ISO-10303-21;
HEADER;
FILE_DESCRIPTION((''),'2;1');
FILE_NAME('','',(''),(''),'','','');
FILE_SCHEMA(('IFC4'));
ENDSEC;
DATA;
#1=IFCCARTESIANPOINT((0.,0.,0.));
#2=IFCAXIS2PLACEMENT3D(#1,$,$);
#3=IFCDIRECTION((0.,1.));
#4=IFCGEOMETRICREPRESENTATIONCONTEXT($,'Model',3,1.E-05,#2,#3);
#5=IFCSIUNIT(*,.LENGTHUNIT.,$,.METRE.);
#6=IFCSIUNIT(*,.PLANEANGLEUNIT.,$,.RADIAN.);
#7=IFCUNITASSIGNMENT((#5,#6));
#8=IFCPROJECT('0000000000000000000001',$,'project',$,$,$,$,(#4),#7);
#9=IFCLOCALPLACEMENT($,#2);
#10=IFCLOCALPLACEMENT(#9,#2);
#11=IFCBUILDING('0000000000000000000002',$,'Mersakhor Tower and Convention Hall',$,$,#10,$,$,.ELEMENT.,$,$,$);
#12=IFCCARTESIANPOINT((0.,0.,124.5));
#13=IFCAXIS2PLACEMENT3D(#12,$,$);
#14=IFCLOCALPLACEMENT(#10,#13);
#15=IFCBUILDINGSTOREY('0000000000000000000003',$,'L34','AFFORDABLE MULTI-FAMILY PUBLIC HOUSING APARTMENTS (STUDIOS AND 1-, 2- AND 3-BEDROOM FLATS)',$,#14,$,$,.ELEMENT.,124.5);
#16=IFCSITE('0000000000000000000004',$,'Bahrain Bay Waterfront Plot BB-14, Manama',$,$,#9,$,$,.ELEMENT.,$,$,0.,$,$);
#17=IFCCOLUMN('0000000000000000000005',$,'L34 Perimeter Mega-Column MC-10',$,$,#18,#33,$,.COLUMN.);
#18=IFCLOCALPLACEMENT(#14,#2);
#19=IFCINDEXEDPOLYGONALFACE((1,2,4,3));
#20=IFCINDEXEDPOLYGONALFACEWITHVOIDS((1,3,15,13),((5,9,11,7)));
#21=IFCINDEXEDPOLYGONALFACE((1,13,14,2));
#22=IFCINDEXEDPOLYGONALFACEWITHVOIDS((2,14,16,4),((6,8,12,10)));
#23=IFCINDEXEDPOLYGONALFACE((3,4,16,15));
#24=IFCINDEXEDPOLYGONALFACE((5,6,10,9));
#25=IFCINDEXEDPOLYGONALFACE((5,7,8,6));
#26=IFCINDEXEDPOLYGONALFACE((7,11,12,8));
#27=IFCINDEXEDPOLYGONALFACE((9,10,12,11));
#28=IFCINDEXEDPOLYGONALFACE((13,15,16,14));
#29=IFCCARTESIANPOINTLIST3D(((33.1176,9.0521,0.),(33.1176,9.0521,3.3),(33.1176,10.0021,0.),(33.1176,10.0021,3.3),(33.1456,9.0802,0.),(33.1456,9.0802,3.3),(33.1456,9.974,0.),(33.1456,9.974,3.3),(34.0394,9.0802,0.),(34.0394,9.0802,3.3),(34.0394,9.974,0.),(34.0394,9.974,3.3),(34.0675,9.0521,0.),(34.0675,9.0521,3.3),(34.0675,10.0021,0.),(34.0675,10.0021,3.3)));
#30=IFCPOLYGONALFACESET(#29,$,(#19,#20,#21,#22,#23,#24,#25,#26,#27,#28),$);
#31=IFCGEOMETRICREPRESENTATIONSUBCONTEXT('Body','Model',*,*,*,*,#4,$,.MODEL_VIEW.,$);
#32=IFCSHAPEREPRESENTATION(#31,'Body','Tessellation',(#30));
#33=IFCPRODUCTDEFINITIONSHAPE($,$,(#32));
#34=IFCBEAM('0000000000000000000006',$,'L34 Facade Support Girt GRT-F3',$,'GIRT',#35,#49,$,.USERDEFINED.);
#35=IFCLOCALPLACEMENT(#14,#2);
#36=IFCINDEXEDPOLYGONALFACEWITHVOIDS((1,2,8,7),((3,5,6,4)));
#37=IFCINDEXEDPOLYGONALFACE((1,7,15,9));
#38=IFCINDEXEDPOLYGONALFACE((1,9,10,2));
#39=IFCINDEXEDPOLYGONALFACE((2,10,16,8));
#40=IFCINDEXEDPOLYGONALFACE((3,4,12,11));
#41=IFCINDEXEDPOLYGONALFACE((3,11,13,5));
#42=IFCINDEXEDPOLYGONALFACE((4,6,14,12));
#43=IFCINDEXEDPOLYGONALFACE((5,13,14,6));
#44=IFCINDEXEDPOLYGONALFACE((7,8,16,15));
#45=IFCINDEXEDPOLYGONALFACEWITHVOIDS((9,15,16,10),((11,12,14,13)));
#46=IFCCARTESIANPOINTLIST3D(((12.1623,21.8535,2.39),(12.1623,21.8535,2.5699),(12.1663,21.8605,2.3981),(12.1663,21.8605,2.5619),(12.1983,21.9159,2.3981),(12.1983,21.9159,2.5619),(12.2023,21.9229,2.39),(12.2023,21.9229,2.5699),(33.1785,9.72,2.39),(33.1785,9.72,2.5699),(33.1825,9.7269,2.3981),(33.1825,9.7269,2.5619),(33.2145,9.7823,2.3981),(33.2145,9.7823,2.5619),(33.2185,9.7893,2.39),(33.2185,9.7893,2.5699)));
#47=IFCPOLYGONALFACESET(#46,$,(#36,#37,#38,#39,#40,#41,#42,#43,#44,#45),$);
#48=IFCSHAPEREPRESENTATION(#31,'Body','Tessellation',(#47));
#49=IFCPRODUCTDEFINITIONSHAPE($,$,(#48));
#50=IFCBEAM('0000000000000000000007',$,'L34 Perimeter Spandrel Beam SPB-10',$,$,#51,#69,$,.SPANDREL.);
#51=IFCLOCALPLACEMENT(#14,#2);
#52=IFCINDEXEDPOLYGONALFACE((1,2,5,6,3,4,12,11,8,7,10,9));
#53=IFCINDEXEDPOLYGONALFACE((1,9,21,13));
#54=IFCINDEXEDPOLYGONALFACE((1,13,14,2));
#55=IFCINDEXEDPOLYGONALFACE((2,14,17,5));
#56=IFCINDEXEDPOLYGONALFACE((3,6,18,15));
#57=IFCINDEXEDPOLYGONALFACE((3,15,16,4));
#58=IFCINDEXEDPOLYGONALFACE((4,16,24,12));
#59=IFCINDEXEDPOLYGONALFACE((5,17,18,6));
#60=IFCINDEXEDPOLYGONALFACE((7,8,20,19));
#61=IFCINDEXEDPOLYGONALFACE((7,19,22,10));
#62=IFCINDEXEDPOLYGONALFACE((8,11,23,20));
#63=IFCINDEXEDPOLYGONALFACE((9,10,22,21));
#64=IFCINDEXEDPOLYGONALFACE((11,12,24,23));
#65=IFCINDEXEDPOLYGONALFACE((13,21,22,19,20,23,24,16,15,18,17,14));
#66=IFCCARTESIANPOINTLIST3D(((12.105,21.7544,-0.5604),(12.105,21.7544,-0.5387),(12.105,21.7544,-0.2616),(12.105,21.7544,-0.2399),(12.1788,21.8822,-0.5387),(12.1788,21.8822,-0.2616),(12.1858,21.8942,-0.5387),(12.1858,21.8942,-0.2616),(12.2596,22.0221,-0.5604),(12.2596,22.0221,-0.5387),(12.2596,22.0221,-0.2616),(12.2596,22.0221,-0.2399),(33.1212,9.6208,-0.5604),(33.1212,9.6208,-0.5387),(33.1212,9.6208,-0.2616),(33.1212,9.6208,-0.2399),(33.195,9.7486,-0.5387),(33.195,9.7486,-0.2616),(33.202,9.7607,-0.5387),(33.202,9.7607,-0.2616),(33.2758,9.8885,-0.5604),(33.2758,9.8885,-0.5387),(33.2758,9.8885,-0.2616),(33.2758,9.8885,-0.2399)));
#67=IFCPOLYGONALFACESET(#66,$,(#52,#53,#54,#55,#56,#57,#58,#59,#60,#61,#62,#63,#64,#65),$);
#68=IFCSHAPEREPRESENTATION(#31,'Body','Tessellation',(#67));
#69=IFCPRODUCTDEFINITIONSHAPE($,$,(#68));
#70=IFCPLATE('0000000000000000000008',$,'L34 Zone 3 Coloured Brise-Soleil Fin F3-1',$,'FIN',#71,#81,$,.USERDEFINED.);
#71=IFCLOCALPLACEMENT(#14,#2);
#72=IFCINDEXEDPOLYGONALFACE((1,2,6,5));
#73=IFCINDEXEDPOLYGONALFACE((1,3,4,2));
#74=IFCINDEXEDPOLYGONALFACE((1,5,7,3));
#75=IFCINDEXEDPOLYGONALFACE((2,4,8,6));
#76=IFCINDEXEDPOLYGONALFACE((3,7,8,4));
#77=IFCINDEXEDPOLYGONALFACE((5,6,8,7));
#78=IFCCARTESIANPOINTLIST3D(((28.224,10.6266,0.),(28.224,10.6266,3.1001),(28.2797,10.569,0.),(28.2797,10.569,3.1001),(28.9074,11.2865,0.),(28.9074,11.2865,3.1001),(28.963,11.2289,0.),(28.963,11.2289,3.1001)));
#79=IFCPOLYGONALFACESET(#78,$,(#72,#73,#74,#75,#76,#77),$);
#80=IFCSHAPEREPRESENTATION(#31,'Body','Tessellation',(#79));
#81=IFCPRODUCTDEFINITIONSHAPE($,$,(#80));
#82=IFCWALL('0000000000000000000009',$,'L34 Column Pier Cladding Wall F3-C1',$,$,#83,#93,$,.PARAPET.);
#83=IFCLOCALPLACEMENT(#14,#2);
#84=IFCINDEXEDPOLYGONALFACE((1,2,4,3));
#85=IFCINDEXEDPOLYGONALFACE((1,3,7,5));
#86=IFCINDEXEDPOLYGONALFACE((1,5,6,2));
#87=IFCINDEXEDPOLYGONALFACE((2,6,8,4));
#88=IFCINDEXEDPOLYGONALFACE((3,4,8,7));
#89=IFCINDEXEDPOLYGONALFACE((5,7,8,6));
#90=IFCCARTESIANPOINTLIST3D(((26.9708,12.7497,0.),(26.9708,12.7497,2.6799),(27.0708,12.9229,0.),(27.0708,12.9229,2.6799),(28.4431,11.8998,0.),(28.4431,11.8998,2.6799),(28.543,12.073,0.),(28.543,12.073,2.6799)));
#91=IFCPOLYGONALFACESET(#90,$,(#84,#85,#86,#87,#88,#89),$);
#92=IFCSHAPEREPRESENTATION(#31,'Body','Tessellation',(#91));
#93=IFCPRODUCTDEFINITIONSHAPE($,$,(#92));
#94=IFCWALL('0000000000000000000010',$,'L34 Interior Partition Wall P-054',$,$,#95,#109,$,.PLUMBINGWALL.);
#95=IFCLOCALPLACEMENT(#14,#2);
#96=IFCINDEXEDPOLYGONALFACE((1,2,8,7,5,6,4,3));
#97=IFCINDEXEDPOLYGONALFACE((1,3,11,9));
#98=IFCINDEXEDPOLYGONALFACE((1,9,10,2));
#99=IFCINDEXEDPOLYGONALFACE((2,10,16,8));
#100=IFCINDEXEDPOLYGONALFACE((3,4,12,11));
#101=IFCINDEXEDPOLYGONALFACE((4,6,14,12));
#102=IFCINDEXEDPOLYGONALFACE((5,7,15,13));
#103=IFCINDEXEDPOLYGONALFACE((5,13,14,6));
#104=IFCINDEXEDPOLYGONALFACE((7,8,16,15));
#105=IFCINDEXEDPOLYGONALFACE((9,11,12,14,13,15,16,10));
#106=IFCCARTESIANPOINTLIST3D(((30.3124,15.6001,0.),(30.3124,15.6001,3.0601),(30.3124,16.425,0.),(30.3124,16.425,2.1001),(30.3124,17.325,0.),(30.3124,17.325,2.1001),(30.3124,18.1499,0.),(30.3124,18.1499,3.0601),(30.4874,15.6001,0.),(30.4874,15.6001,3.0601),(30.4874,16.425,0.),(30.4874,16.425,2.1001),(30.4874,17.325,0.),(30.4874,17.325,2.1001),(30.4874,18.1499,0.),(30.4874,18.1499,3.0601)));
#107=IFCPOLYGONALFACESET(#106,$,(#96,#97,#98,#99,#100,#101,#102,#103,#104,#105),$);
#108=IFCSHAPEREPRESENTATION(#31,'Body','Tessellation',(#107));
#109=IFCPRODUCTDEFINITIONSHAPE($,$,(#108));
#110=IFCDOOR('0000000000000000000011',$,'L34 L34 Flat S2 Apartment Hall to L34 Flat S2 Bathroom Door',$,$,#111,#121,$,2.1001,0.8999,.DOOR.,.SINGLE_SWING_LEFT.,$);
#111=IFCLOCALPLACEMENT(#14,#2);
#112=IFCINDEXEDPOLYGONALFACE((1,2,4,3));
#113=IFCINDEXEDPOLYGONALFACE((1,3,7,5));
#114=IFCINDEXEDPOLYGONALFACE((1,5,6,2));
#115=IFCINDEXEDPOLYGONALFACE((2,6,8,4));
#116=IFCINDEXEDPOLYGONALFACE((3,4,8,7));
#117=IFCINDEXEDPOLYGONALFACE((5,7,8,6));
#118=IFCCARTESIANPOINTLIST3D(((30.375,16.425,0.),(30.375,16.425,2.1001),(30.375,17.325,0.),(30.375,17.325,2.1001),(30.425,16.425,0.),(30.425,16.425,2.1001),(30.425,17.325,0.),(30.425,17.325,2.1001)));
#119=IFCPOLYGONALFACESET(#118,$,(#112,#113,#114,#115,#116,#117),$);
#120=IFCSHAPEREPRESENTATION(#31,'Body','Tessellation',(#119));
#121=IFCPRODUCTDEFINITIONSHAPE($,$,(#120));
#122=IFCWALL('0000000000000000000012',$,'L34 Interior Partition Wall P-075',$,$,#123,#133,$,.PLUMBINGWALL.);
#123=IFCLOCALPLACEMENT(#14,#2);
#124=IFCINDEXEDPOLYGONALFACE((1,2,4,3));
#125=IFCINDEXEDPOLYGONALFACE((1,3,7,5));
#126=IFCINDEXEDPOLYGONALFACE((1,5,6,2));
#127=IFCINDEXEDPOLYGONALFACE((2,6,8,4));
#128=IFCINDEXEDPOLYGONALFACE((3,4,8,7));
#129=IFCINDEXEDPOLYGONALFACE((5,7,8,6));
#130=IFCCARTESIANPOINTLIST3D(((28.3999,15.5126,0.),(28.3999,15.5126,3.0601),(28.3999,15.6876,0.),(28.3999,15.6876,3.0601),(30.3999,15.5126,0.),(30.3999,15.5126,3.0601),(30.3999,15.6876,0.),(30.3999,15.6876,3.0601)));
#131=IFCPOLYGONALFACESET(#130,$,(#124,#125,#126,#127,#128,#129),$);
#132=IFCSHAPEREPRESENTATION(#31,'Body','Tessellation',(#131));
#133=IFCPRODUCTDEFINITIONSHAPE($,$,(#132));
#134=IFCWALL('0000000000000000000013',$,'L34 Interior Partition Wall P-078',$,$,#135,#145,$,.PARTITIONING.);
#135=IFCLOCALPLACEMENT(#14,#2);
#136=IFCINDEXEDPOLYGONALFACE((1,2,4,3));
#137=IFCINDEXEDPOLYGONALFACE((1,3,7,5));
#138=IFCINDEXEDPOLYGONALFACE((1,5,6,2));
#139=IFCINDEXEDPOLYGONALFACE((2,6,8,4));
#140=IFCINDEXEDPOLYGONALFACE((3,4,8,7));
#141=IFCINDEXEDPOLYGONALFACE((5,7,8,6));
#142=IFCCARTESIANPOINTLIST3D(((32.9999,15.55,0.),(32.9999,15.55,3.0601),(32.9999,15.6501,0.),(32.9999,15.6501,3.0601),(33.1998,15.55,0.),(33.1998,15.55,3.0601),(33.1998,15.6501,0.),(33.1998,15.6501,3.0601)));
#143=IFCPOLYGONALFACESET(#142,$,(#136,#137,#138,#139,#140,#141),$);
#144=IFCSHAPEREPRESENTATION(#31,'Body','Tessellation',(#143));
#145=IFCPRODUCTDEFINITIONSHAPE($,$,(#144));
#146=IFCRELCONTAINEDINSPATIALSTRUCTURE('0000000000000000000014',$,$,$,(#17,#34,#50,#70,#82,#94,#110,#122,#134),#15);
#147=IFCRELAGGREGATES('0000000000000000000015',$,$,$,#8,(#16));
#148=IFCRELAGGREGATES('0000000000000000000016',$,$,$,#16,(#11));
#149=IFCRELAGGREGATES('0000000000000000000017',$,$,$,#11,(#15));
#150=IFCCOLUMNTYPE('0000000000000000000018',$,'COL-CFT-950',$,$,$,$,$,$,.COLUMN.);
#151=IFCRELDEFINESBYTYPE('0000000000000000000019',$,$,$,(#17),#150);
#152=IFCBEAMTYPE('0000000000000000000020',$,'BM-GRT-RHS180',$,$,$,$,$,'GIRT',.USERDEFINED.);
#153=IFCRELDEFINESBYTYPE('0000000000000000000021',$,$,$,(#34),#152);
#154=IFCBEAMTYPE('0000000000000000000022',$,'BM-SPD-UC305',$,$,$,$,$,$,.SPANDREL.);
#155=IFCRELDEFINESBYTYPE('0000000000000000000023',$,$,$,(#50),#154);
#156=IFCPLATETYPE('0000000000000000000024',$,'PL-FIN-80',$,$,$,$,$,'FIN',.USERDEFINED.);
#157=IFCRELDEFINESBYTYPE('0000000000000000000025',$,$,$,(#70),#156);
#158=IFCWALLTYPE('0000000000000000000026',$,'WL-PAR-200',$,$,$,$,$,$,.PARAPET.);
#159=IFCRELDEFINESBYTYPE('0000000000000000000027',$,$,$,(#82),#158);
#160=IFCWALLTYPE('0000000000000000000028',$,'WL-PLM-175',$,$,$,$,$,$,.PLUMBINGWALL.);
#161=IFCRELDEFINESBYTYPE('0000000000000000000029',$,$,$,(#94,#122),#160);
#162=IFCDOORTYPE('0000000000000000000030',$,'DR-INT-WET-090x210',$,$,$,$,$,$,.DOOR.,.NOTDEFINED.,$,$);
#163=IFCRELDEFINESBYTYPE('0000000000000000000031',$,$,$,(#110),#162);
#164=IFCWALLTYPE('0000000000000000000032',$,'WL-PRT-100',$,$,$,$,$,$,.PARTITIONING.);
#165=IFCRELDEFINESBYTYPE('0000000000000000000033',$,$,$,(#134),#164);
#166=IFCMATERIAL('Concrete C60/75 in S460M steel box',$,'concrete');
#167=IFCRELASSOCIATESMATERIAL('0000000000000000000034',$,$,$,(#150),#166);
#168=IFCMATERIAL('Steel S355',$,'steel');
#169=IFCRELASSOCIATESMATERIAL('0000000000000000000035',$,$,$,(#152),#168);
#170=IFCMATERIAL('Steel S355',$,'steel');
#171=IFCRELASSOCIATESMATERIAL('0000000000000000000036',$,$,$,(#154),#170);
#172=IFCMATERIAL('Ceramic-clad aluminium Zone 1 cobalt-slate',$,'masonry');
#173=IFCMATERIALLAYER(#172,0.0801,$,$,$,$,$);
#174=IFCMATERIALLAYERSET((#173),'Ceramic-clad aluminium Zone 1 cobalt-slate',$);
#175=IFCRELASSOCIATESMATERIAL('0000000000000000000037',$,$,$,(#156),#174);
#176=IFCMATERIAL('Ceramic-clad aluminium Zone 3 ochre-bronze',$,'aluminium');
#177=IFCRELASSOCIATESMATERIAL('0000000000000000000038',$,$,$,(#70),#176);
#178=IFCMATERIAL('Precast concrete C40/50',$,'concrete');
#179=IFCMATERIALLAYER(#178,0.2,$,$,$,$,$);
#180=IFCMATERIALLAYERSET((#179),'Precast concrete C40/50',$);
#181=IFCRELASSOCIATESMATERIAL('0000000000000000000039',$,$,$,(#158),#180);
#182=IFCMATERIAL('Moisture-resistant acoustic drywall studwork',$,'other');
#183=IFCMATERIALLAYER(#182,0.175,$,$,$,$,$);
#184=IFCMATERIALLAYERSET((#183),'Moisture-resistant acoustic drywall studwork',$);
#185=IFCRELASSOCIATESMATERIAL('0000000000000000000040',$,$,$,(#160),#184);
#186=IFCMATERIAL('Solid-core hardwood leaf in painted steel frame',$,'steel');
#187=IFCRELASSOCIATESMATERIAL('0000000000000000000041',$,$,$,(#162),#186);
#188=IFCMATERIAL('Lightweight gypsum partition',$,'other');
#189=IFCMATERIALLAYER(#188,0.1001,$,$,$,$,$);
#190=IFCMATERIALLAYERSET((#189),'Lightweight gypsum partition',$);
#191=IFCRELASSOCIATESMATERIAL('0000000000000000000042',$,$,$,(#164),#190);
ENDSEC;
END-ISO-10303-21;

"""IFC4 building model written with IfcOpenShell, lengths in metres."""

from ifc_helpers import new_model, si_unit, direction, frame, frame_2d, origin, origin_2d, place, context, subcontext, project, spatial, rectangle, hollow_rectangle, i_section, extrude, material, layer, layer_set, material_profile, profile_set, type_object, element, fill, save


model = new_model("IFC4")

# Units and contexts
model_context = context("Model", 3, precision=1e-05, world=origin(), true_north=direction((0.0, 1.0)))
body_context = subcontext(model_context, "Body", "Model", "MODEL_VIEW")
ifc_project = project(units=[si_unit("LENGTHUNIT", "METRE"), si_unit("PLANEANGLEUNIT", "RADIAN")], contexts=[model_context])

# Site, building, storey
site_placement = place(None, origin())
site = spatial("IfcSite", under=ifc_project, at=site_placement, Name="Bahrain Bay Waterfront Plot BB-14, Manama", CompositionType="ELEMENT", RefElevation=0.0)
building_placement = place(site_placement, origin())
building = spatial("IfcBuilding", under=site, at=building_placement, Name="Mersakhor Tower and Convention Hall", CompositionType="ELEMENT")
storey_placement = place(building_placement, frame((0.0, 0.0, 124.5)))
storey = spatial("IfcBuildingStorey", under=building, at=storey_placement, Name="L34", Description="AFFORDABLE MULTI-FAMILY PUBLIC HOUSING APARTMENTS (STUDIOS AND 1-, 2- AND 3-BEDROOM FLATS)", CompositionType="ELEMENT", Elevation=124.5)

# Column
ifc_material_1 = material(Name="Concrete C60/75 in S460M steel box", Category="concrete")
ifc_material_profile_1 = material_profile(ifc_material_1, hollow_rectangle(XDim=0.95, YDim=0.95, WallThickness=0.0281, at=origin_2d()), Name="SHS 950x950x28")
ifc_profile_set_1 = profile_set([ifc_material_profile_1], Name="Concrete C60/75 in S460M steel box")
column_type = type_object("IfcColumnType", Name="COL-CFT-950", PredefinedType="COLUMN", material=ifc_profile_set_1)
column_placement = place(storey_placement, frame((33.5925, 9.5271, 0.0), z_axis=(0.0, 0.0, 1.0), x_axis=(1.0, 0.0, 0.0)))
element("IfcColumn", 1, at=column_placement, inside=storey, type_object=column_type, Name="L34 Perimeter Mega-Column MC-10", PredefinedType="COLUMN", context=body_context, shape_type="SweptSolid", body=[
    extrude(hollow_rectangle(XDim=0.95, YDim=0.95, WallThickness=0.0281, at=origin_2d()), origin(), (0.0, 0.0, 1.0), 3.3),
])

# Beams
ifc_material_2 = material(Name="Steel S355", Category="steel")
ifc_material_profile_2 = material_profile(ifc_material_2, hollow_rectangle(XDim=0.0801, YDim=0.1799, WallThickness=0.0081, at=origin_2d()), Name="RHS 180x80x8")
ifc_profile_set_2 = profile_set([ifc_material_profile_2], Name="Steel S355")
beam_type_1 = type_object("IfcBeamType", Name="BM-GRT-RHS180", ElementType="GIRT", PredefinedType="USERDEFINED", material=ifc_profile_set_2)
beam_1_placement = place(storey_placement, frame((33.1985, 9.7546, 2.48), z_axis=(-0.866027, 0.499996, 0.0), x_axis=(-0.499996, -0.866027, 0.0)))
element("IfcBeam", 2, at=beam_1_placement, inside=storey, type_object=beam_type_1, Name="L34 Facade Support Girt GRT-F3", ObjectType="GIRT", PredefinedType="USERDEFINED", context=body_context, shape_type="SweptSolid", body=[
    extrude(hollow_rectangle(XDim=0.0801, YDim=0.1799, WallThickness=0.0081, at=origin_2d()), origin(), (0.0, 0.0, 1.0), 24.2673),
])
ifc_material_3 = material(Name="Steel S355", Category="steel")
ifc_material_profile_3 = material_profile(ifc_material_3, i_section(OverallWidth=0.3091, OverallDepth=0.3206, WebThickness=0.0139, FlangeThickness=0.0217, at=origin_2d()), Name="UC 305x305x137")
ifc_profile_set_3 = profile_set([ifc_material_profile_3], Name="Steel S355")
beam_type_2 = type_object("IfcBeamType", Name="BM-SPD-UC305", PredefinedType="SPANDREL", material=ifc_profile_set_3)
beam_2_placement = place(storey_placement, frame((33.1985, 9.7546, -0.4001), z_axis=(-0.866027, 0.499996, 0.0), x_axis=(-0.499996, -0.866027, 0.0)))
element("IfcBeam", 3, at=beam_2_placement, inside=storey, type_object=beam_type_2, Name="L34 Perimeter Spandrel Beam SPB-10", PredefinedType="SPANDREL", context=body_context, shape_type="SweptSolid", body=[
    extrude(i_section(OverallWidth=0.3091, OverallDepth=0.3206, WebThickness=0.0139, FlangeThickness=0.0217, at=origin_2d()), origin(), (0.0, 0.0, 1.0), 24.2673),
])

# Plate
ifc_material_4 = material(Name="Ceramic-clad aluminium Zone 3 ochre-bronze", Category="aluminium")
ifc_material_5 = material(Name="Ceramic-clad aluminium Zone 1 cobalt-slate", Category="masonry")
ifc_layer_1 = layer(ifc_material_5, 0.0801)
ifc_layer_set_1 = layer_set([ifc_layer_1], Name="Ceramic-clad aluminium Zone 1 cobalt-slate")
plate_type = type_object("IfcPlateType", Name="PL-FIN-80", ElementType="FIN", PredefinedType="USERDEFINED", material=ifc_layer_set_1)
plate_placement = place(storey_placement, frame((28.5935, 10.9277, 0.0), z_axis=(0.0, 0.0, 1.0), x_axis=(-0.71934, -0.694658, 0.0)))
element("IfcPlate", 4, at=plate_placement, inside=storey, type_object=plate_type, material=ifc_material_4, Name="L34 Zone 3 Coloured Brise-Soleil Fin F3-1", ObjectType="FIN", PredefinedType="USERDEFINED", context=body_context, shape_type="SweptSolid", body=[
    extrude(rectangle(XDim=0.95, YDim=0.0801, at=origin_2d()), origin(), (0.0, 0.0, 1.0), 3.1001),
])

# Wall
ifc_material_6 = material(Name="Precast concrete C40/50", Category="concrete")
ifc_layer_2 = layer(ifc_material_6, 0.2)
ifc_layer_set_2 = layer_set([ifc_layer_2], Name="Precast concrete C40/50")
wall_type_1 = type_object("IfcWallType", Name="WL-PAR-200", PredefinedType="PARAPET", material=ifc_layer_set_2)
wall_1_placement = place(storey_placement, frame((28.4932, 11.9863, 0.0), z_axis=(0.0, 0.0, 1.0), x_axis=(-0.866052, 0.499955, 0.0)))
element("IfcWall", 5, at=wall_1_placement, inside=storey, type_object=wall_type_1, Name="L34 Column Pier Cladding Wall F3-C1", PredefinedType="PARAPET", context=body_context, shape_type="SweptSolid", body=[
    extrude(rectangle(XDim=1.7, YDim=0.2, at=frame_2d((0.8501, 0.0))), origin(), (0.0, 0.0, 1.0), 2.6799),
])

# Wall, opening, door
ifc_material_7 = material(Name="Moisture-resistant acoustic drywall studwork", Category="other")
ifc_layer_3 = layer(ifc_material_7, 0.175)
ifc_layer_set_3 = layer_set([ifc_layer_3], Name="Moisture-resistant acoustic drywall studwork")
wall_type_2 = type_object("IfcWallType", Name="WL-PLM-175", PredefinedType="PLUMBINGWALL", material=ifc_layer_set_3)
wall_2_placement = place(storey_placement, frame((30.3999, 15.6001, 0.0), z_axis=(0.0, 0.0, 1.0), x_axis=(0.0, 1.0, 0.0)))
wall_2 = element("IfcWall", 6, at=wall_2_placement, inside=storey, type_object=wall_type_2, Name="L34 Interior Partition Wall P-054", PredefinedType="PLUMBINGWALL", context=body_context, shape_type="SweptSolid", body=[
    extrude(rectangle(XDim=2.5498, YDim=0.175, at=frame_2d((1.2749, 0.0))), origin(), (0.0, 0.0, 1.0), 3.0601),
])
opening_1_placement = place(wall_2_placement, frame((0.825, 0.0, 0.0)))
opening_1 = element("IfcOpeningElement", 7, at=opening_1_placement, cuts=wall_2, PredefinedType="OPENING", context=body_context, shape_type="SweptSolid", body=[
    extrude(rectangle(XDim=0.8999, YDim=2.1001, at=frame_2d((0.45, 1.05))), frame((0.0, 0.0974, 0.0), z_axis=(0.0, -1.0, 0.0), x_axis=(1.0, 0.0, 0.0)), (0.0, 0.0, 1.0), 0.1951),
])
ifc_material_8 = material(Name="Solid-core hardwood leaf in painted steel frame", Category="steel")
door_type_1 = type_object("IfcDoorType", Name="DR-INT-WET-090x210", OperationType="NOTDEFINED", PredefinedType="DOOR", material=ifc_material_8)
door_1_placement = place(opening_1_placement, origin())
door_1 = element("IfcDoor", 8, at=door_1_placement, inside=storey, type_object=door_type_1, Name="L34 L34 Flat S2 Apartment Hall to L34 Flat S2 Bathroom Door", OperationType="SINGLE_SWING_LEFT", OverallHeight=2.1001, OverallWidth=0.8999, PredefinedType="DOOR", context=body_context, shape_type="SweptSolid", body=[
    extrude(rectangle(XDim=0.8999, YDim=2.1001, at=frame_2d((0.45, 1.05))), frame((0.0, 0.0249, 0.0), z_axis=(0.0, -1.0, 0.0), x_axis=(1.0, 0.0, 0.0)), (0.0, 0.0, 1.0), 0.05),
])
fill(opening_1, door_1)

# Walls
wall_3_placement = place(storey_placement, frame((30.3999, 15.6001, 0.0), z_axis=(0.0, 0.0, 1.0), x_axis=(-1.0, 0.0, 0.0)))
element("IfcWall", 9, at=wall_3_placement, inside=storey, type_object=wall_type_2, Name="L34 Interior Partition Wall P-075", PredefinedType="PLUMBINGWALL", context=body_context, shape_type="SweptSolid", body=[
    extrude(rectangle(XDim=2.0, YDim=0.175, at=frame_2d((1.0, 0.0))), origin(), (0.0, 0.0, 1.0), 3.0601),
])
ifc_material_9 = material(Name="Lightweight gypsum partition", Category="other")
ifc_layer_4 = layer(ifc_material_9, 0.1001)
ifc_layer_set_4 = layer_set([ifc_layer_4], Name="Lightweight gypsum partition")
wall_type_3 = type_object("IfcWallType", Name="WL-PRT-100", PredefinedType="PARTITIONING", material=ifc_layer_set_4)
wall_4_placement = place(storey_placement, frame((33.2, 15.6001, 0.0), z_axis=(0.0, 0.0, 1.0), x_axis=(-1.0, 0.0, 0.0)))
element("IfcWall", 10, at=wall_4_placement, inside=storey, type_object=wall_type_3, Name="L34 Interior Partition Wall P-078", PredefinedType="PARTITIONING", context=body_context, shape_type="SweptSolid", body=[
    extrude(rectangle(XDim=0.2, YDim=0.1001, at=frame_2d((0.1001, 0.0))), origin(), (0.0, 0.0, 1.0), 3.0601),
])

save(model, "model.ifc")
